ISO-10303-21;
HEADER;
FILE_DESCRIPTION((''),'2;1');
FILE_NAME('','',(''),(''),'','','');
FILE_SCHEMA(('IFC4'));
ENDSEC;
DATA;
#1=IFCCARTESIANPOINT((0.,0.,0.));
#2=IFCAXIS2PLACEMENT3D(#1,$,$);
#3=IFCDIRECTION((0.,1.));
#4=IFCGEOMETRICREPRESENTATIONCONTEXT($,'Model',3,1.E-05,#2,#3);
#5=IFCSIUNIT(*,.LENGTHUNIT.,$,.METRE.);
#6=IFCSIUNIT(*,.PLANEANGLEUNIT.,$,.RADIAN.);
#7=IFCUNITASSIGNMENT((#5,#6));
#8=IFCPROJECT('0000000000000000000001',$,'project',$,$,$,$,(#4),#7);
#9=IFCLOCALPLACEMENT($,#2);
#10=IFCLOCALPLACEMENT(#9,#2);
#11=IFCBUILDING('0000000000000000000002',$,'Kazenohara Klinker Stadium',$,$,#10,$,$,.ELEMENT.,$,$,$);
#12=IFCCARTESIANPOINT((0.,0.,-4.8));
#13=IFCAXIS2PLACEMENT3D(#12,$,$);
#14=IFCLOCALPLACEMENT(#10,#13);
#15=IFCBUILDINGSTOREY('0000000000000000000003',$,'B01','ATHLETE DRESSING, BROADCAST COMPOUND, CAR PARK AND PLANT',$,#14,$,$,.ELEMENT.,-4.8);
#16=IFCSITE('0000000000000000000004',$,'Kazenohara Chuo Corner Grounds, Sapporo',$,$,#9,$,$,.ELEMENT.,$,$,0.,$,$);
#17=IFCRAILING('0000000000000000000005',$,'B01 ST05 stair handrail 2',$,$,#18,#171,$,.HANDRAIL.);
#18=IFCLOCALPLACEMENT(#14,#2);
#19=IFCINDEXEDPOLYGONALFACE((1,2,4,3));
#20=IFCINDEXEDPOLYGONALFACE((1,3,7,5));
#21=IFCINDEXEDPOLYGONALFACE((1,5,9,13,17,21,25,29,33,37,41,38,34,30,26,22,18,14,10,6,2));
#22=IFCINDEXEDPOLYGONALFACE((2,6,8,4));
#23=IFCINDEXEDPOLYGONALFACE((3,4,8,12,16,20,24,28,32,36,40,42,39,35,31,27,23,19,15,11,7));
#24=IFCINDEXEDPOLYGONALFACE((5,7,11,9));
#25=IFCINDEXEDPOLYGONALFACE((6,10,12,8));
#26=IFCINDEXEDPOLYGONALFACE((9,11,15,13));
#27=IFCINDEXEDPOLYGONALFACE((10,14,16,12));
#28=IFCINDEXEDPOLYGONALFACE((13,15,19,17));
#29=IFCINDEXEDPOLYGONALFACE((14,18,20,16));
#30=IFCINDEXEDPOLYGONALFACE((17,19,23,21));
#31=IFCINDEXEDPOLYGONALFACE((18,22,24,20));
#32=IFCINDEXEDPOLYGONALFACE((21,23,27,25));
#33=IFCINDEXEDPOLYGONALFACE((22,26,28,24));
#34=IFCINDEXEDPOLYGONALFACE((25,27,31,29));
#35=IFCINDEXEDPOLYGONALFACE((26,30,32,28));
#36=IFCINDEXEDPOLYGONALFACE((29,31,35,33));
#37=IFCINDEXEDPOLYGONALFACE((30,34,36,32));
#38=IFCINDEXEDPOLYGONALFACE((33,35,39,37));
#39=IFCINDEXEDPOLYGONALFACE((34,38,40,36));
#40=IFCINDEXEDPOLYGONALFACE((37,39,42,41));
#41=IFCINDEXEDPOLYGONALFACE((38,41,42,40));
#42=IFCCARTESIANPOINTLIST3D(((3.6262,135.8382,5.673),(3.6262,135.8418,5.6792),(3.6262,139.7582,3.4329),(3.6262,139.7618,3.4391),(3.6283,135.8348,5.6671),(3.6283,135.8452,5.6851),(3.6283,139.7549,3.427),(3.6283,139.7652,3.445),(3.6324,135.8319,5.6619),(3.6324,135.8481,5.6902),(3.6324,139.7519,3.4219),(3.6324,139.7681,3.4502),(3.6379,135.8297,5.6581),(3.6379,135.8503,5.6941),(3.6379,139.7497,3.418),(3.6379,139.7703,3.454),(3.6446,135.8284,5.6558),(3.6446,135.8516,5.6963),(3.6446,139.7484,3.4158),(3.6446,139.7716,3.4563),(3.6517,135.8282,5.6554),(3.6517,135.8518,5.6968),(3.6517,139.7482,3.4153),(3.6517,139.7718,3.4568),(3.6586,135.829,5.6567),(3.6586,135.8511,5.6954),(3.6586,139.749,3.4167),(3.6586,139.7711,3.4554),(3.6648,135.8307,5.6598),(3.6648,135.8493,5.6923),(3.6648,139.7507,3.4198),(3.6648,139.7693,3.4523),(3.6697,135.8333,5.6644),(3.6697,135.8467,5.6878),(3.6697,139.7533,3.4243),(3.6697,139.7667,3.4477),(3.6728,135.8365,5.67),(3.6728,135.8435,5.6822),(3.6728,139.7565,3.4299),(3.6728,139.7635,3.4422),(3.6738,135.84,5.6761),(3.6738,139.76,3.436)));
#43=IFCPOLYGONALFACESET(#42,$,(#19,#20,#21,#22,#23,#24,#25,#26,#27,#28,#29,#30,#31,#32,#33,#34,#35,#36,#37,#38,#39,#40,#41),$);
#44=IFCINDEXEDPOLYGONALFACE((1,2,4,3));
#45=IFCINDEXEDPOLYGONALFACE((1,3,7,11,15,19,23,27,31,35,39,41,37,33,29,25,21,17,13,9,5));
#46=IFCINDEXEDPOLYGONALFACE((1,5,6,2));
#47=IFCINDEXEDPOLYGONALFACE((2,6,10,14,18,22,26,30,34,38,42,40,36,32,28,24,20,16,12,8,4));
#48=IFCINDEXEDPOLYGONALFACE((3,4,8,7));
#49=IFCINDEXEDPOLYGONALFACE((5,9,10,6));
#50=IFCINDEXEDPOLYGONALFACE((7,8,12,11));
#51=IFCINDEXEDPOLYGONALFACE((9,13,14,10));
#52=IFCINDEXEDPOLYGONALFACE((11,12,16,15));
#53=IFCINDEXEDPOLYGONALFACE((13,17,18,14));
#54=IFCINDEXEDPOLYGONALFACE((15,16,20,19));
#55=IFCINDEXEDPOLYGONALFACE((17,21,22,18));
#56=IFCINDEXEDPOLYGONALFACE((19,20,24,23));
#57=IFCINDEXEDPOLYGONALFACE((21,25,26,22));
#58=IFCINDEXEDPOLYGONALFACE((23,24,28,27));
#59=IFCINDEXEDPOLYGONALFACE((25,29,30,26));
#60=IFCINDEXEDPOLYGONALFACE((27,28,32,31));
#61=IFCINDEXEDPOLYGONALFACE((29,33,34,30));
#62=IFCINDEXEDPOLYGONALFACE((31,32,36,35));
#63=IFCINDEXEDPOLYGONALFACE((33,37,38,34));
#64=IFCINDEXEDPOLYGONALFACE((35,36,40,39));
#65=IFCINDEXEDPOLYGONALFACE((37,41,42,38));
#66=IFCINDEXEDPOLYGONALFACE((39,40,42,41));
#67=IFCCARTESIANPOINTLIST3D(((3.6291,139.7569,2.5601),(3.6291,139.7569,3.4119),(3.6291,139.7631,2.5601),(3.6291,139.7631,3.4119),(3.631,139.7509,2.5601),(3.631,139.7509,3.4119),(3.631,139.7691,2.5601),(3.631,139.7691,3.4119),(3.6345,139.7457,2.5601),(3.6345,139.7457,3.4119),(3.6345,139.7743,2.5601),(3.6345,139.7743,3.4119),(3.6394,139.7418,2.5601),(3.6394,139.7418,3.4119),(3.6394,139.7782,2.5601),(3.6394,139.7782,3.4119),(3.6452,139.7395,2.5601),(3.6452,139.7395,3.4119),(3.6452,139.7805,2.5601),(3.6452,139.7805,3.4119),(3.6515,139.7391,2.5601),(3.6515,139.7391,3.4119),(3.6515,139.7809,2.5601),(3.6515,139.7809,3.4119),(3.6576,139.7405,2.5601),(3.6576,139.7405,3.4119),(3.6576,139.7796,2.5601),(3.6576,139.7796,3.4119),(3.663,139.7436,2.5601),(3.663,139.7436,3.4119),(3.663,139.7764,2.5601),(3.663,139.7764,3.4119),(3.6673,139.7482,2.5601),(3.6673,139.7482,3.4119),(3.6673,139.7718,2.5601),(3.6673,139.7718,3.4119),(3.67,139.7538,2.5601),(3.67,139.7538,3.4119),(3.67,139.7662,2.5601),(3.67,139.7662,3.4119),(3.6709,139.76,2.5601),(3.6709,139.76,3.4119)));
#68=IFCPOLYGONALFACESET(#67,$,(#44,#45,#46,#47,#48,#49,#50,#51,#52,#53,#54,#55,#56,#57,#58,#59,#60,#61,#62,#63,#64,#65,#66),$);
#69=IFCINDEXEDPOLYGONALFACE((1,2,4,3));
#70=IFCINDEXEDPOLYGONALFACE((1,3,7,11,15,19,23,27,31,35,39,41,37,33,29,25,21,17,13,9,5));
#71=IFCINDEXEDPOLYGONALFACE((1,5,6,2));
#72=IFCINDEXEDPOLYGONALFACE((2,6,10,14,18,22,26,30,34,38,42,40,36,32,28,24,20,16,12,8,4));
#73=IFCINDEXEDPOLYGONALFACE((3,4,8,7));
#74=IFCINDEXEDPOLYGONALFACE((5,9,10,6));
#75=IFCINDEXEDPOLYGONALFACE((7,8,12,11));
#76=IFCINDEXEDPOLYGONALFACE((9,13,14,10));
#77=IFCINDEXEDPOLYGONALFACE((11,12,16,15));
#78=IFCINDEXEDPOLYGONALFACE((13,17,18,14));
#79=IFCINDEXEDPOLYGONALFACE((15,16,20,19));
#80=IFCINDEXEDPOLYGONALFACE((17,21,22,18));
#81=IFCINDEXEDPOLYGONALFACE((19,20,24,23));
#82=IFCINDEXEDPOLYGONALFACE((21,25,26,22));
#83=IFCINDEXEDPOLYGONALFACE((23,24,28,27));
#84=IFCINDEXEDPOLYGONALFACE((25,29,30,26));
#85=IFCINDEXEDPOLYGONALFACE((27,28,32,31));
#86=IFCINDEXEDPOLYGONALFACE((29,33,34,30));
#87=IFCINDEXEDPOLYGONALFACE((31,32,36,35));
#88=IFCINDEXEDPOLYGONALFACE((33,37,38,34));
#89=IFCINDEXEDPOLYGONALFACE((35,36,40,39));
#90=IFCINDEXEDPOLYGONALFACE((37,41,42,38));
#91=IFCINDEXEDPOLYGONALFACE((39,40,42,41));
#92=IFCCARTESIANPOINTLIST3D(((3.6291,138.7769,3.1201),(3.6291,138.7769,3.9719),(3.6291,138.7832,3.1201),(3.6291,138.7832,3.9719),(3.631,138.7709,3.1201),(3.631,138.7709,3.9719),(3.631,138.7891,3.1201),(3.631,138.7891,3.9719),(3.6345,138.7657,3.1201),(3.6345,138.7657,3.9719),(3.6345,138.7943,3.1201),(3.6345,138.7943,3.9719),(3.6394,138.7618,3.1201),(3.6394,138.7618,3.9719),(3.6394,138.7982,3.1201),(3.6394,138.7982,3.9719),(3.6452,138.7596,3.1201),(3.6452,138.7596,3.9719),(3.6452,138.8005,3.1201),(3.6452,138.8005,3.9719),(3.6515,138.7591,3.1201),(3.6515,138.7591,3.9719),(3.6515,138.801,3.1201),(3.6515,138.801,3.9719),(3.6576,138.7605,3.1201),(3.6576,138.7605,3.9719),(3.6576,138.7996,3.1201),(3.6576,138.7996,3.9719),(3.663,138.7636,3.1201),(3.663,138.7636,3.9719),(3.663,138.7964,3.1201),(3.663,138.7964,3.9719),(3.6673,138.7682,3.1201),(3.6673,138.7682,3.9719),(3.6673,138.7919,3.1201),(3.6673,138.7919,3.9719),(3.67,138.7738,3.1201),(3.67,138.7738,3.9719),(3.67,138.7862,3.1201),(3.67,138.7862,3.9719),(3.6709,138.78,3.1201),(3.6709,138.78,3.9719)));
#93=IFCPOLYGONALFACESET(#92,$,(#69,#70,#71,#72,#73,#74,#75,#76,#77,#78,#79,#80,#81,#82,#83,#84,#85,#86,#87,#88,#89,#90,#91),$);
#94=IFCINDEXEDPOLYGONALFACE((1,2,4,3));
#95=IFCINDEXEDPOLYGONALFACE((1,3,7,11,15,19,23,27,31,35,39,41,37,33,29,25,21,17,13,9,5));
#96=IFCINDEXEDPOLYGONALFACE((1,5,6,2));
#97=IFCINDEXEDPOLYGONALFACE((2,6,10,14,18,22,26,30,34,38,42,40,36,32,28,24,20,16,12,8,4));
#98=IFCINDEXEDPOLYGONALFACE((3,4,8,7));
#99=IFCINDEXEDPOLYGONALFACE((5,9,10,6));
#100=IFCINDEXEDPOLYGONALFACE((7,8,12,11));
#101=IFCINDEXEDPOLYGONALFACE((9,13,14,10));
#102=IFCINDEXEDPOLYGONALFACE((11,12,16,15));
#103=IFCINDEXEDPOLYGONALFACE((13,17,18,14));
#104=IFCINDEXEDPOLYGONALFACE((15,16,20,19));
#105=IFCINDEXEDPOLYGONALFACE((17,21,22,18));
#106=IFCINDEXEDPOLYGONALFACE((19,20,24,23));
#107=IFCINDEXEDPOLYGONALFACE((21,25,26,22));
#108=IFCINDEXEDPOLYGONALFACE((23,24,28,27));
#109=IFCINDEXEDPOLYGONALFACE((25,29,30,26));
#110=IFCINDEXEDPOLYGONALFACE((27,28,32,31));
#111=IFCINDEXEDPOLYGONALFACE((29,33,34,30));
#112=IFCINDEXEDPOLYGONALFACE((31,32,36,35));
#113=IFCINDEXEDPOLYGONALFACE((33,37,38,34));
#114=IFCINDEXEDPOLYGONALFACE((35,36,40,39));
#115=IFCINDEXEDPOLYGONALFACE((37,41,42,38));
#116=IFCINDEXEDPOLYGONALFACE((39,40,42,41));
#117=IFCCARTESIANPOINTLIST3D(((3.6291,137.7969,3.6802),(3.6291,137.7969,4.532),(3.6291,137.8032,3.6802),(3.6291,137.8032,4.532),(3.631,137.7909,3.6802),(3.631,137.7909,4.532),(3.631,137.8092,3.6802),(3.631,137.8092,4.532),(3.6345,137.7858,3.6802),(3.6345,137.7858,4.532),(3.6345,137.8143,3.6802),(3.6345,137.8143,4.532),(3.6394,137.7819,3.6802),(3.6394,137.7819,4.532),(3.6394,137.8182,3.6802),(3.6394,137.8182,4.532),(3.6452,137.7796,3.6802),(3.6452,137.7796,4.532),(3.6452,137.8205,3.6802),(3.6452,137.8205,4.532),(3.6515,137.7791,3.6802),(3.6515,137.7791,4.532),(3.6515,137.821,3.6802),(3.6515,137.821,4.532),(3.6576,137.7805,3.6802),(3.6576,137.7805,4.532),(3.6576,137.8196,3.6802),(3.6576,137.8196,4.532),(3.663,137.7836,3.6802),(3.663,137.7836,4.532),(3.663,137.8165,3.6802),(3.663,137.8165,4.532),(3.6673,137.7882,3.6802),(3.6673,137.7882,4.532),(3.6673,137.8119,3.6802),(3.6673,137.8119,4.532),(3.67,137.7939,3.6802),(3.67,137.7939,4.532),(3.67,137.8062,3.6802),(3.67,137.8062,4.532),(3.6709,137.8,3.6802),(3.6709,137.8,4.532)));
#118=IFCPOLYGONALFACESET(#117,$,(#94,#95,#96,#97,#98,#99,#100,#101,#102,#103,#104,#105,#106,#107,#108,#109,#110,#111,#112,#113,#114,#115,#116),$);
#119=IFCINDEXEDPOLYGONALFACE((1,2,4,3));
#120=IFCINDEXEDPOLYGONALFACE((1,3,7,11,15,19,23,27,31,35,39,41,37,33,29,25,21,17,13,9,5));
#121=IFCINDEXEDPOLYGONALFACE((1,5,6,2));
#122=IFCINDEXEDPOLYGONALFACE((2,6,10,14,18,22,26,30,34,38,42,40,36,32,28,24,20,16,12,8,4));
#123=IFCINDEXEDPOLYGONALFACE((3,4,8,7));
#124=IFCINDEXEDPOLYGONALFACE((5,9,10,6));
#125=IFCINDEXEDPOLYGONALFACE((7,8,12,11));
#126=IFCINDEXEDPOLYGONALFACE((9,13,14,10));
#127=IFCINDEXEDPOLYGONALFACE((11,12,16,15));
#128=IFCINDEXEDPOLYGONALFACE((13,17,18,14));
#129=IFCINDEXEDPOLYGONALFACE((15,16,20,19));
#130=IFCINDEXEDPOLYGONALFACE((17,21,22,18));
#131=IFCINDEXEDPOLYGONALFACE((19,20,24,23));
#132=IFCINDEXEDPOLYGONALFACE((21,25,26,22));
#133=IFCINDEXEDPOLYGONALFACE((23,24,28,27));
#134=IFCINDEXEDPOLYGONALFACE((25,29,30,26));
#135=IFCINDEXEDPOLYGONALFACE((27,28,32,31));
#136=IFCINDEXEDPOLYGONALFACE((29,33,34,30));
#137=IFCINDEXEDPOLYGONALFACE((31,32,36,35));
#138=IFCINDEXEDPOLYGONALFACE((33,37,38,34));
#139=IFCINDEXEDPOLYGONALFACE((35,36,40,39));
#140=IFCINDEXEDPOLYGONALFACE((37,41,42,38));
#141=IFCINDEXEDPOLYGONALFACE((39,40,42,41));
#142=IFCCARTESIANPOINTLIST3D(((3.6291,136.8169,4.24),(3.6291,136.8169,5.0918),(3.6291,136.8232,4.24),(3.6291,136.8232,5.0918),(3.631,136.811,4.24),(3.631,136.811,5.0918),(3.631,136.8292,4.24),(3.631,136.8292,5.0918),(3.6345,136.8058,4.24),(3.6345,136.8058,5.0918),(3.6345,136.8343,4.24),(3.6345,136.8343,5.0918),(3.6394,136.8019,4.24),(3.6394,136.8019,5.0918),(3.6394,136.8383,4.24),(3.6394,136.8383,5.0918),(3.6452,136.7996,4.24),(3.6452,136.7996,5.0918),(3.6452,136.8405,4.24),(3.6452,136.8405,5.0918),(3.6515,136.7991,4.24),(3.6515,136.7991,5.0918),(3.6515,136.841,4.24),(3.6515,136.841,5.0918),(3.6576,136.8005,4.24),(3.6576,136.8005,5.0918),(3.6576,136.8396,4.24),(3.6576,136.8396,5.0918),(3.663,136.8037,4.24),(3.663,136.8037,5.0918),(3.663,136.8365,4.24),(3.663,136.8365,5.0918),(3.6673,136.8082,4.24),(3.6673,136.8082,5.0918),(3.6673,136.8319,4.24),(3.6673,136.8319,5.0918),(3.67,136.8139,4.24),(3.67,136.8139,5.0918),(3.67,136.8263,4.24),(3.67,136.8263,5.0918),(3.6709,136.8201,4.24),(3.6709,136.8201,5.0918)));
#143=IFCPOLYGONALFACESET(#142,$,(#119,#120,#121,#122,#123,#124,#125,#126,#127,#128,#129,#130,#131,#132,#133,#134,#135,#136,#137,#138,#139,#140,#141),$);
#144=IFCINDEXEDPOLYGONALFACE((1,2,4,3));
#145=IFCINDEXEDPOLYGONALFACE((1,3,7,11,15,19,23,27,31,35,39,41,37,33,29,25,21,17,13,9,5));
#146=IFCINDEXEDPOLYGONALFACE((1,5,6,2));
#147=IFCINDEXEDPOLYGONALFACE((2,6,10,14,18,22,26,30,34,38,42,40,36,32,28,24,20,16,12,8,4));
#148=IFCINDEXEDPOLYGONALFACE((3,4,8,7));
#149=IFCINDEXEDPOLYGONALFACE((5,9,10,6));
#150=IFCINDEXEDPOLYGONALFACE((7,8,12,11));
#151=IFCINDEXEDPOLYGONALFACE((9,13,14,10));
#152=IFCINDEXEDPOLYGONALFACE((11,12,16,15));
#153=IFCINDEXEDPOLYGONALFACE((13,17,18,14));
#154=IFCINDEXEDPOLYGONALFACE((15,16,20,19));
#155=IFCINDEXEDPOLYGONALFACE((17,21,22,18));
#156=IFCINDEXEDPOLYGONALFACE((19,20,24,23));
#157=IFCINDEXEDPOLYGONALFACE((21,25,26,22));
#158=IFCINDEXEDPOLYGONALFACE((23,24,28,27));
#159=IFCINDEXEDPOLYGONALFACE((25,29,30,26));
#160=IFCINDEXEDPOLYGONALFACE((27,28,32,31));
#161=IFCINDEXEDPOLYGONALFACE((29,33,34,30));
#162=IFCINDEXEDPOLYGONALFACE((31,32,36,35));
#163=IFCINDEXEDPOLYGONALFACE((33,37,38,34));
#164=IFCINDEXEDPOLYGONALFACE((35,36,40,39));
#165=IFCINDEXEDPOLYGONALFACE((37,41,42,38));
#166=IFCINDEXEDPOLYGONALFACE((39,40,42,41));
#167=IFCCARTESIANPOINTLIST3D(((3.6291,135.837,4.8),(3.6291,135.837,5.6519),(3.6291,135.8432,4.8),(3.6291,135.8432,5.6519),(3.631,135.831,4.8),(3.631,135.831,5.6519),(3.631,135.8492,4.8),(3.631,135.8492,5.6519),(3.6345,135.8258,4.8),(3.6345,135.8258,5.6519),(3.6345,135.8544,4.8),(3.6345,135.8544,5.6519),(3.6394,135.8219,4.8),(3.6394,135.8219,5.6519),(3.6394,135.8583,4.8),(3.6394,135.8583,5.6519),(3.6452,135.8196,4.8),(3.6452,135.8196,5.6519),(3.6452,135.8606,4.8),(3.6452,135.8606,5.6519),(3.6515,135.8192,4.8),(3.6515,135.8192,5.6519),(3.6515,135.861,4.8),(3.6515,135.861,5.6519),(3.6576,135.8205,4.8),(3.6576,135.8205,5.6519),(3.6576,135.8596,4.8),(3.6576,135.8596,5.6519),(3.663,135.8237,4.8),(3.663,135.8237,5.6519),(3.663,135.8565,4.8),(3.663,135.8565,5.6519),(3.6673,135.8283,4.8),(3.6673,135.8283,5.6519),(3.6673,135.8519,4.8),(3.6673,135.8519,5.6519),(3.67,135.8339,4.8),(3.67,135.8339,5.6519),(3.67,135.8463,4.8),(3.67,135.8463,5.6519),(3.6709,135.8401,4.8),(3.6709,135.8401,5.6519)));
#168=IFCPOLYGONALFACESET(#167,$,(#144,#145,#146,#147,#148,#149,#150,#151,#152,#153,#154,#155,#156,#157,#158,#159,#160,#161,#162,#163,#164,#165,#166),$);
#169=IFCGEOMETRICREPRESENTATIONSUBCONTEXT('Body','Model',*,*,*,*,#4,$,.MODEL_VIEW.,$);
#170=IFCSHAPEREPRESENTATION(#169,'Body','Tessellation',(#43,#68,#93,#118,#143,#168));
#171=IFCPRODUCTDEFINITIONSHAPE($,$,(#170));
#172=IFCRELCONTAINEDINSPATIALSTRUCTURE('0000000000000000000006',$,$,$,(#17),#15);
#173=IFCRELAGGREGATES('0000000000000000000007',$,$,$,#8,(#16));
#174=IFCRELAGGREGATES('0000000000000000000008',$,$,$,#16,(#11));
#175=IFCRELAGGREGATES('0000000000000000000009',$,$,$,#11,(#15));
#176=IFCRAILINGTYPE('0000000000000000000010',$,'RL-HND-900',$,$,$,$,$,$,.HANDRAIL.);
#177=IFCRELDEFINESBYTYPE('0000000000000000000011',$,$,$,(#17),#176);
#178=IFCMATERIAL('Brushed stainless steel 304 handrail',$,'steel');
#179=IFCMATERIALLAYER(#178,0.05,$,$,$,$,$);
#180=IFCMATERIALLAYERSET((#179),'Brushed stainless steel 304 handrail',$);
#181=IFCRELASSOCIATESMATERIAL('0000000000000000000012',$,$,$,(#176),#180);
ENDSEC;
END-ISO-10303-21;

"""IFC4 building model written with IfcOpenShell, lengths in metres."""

from ifc_helpers import new_model, si_unit, direction, frame, origin, origin_2d, place, context, subcontext, project, spatial, circle, extrude, material, layer, layer_set, type_object, element, save


model = new_model("IFC4")

# Units and contexts
model_context = context("Model", 3, precision=1e-05, world=origin(), true_north=direction((0.0, 1.0)))
body_context = subcontext(model_context, "Body", "Model", "MODEL_VIEW")
ifc_project = project(units=[si_unit("LENGTHUNIT", "METRE"), si_unit("PLANEANGLEUNIT", "RADIAN")], contexts=[model_context])

# Site, building, storey
site_placement = place(None, origin())
site = spatial("IfcSite", under=ifc_project, at=site_placement, Name="Kazenohara Chuo Corner Grounds, Sapporo", CompositionType="ELEMENT", RefElevation=0.0)
building_placement = place(site_placement, origin())
building = spatial("IfcBuilding", under=site, at=building_placement, Name="Kazenohara Klinker Stadium", CompositionType="ELEMENT")
storey_placement = place(building_placement, frame((0.0, 0.0, -4.8)))
storey = spatial("IfcBuildingStorey", under=building, at=storey_placement, Name="B01", Description="ATHLETE DRESSING, BROADCAST COMPOUND, CAR PARK AND PLANT", CompositionType="ELEMENT", Elevation=-4.8)

# Railing
ifc_material_1 = material(Name="Brushed stainless steel 304 handrail", Category="steel")
ifc_layer_1 = layer(ifc_material_1, 0.05)
ifc_layer_set_1 = layer_set([ifc_layer_1], Name="Brushed stainless steel 304 handrail")
railing_type_1 = type_object("IfcRailingType", Name="RL-HND-900", PredefinedType="HANDRAIL", material=ifc_layer_set_1)
railing_1_placement = place(storey_placement, frame((3.6499, 139.76, 2.5601)))
element("IfcRailing", 1, at=railing_1_placement, inside=storey, type_object=railing_type_1, Name="B01 ST05 stair handrail 2", PredefinedType="HANDRAIL", context=body_context, shape_type="SweptSolid", body=[
    extrude(circle(Radius=0.0239, at=origin_2d()), frame((0.0, 0.0, 0.876), z_axis=(0.0, -0.86824, 0.496145), x_axis=(1.0, 0.0, 0.0)), (0.0, 0.0, 1.0), 4.5149),
    extrude(circle(Radius=0.021, at=origin_2d()), origin(), (0.0, 0.0, 1.0), 0.8518),
    extrude(circle(Radius=0.021, at=origin_2d()), frame((0.0, -0.98, 0.5601)), (0.0, 0.0, 1.0), 0.8518),
    extrude(circle(Radius=0.021, at=origin_2d()), frame((0.0, -1.96, 1.1201)), (0.0, 0.0, 1.0), 0.8518),
    extrude(circle(Radius=0.021, at=origin_2d()), frame((0.0, -2.9399, 1.6799)), (0.0, 0.0, 1.0), 0.8518),
    extrude(circle(Radius=0.021, at=origin_2d()), frame((0.0, -3.9199, 2.24)), (0.0, 0.0, 1.0), 0.8518),
])

save(model, "model.ifc")
